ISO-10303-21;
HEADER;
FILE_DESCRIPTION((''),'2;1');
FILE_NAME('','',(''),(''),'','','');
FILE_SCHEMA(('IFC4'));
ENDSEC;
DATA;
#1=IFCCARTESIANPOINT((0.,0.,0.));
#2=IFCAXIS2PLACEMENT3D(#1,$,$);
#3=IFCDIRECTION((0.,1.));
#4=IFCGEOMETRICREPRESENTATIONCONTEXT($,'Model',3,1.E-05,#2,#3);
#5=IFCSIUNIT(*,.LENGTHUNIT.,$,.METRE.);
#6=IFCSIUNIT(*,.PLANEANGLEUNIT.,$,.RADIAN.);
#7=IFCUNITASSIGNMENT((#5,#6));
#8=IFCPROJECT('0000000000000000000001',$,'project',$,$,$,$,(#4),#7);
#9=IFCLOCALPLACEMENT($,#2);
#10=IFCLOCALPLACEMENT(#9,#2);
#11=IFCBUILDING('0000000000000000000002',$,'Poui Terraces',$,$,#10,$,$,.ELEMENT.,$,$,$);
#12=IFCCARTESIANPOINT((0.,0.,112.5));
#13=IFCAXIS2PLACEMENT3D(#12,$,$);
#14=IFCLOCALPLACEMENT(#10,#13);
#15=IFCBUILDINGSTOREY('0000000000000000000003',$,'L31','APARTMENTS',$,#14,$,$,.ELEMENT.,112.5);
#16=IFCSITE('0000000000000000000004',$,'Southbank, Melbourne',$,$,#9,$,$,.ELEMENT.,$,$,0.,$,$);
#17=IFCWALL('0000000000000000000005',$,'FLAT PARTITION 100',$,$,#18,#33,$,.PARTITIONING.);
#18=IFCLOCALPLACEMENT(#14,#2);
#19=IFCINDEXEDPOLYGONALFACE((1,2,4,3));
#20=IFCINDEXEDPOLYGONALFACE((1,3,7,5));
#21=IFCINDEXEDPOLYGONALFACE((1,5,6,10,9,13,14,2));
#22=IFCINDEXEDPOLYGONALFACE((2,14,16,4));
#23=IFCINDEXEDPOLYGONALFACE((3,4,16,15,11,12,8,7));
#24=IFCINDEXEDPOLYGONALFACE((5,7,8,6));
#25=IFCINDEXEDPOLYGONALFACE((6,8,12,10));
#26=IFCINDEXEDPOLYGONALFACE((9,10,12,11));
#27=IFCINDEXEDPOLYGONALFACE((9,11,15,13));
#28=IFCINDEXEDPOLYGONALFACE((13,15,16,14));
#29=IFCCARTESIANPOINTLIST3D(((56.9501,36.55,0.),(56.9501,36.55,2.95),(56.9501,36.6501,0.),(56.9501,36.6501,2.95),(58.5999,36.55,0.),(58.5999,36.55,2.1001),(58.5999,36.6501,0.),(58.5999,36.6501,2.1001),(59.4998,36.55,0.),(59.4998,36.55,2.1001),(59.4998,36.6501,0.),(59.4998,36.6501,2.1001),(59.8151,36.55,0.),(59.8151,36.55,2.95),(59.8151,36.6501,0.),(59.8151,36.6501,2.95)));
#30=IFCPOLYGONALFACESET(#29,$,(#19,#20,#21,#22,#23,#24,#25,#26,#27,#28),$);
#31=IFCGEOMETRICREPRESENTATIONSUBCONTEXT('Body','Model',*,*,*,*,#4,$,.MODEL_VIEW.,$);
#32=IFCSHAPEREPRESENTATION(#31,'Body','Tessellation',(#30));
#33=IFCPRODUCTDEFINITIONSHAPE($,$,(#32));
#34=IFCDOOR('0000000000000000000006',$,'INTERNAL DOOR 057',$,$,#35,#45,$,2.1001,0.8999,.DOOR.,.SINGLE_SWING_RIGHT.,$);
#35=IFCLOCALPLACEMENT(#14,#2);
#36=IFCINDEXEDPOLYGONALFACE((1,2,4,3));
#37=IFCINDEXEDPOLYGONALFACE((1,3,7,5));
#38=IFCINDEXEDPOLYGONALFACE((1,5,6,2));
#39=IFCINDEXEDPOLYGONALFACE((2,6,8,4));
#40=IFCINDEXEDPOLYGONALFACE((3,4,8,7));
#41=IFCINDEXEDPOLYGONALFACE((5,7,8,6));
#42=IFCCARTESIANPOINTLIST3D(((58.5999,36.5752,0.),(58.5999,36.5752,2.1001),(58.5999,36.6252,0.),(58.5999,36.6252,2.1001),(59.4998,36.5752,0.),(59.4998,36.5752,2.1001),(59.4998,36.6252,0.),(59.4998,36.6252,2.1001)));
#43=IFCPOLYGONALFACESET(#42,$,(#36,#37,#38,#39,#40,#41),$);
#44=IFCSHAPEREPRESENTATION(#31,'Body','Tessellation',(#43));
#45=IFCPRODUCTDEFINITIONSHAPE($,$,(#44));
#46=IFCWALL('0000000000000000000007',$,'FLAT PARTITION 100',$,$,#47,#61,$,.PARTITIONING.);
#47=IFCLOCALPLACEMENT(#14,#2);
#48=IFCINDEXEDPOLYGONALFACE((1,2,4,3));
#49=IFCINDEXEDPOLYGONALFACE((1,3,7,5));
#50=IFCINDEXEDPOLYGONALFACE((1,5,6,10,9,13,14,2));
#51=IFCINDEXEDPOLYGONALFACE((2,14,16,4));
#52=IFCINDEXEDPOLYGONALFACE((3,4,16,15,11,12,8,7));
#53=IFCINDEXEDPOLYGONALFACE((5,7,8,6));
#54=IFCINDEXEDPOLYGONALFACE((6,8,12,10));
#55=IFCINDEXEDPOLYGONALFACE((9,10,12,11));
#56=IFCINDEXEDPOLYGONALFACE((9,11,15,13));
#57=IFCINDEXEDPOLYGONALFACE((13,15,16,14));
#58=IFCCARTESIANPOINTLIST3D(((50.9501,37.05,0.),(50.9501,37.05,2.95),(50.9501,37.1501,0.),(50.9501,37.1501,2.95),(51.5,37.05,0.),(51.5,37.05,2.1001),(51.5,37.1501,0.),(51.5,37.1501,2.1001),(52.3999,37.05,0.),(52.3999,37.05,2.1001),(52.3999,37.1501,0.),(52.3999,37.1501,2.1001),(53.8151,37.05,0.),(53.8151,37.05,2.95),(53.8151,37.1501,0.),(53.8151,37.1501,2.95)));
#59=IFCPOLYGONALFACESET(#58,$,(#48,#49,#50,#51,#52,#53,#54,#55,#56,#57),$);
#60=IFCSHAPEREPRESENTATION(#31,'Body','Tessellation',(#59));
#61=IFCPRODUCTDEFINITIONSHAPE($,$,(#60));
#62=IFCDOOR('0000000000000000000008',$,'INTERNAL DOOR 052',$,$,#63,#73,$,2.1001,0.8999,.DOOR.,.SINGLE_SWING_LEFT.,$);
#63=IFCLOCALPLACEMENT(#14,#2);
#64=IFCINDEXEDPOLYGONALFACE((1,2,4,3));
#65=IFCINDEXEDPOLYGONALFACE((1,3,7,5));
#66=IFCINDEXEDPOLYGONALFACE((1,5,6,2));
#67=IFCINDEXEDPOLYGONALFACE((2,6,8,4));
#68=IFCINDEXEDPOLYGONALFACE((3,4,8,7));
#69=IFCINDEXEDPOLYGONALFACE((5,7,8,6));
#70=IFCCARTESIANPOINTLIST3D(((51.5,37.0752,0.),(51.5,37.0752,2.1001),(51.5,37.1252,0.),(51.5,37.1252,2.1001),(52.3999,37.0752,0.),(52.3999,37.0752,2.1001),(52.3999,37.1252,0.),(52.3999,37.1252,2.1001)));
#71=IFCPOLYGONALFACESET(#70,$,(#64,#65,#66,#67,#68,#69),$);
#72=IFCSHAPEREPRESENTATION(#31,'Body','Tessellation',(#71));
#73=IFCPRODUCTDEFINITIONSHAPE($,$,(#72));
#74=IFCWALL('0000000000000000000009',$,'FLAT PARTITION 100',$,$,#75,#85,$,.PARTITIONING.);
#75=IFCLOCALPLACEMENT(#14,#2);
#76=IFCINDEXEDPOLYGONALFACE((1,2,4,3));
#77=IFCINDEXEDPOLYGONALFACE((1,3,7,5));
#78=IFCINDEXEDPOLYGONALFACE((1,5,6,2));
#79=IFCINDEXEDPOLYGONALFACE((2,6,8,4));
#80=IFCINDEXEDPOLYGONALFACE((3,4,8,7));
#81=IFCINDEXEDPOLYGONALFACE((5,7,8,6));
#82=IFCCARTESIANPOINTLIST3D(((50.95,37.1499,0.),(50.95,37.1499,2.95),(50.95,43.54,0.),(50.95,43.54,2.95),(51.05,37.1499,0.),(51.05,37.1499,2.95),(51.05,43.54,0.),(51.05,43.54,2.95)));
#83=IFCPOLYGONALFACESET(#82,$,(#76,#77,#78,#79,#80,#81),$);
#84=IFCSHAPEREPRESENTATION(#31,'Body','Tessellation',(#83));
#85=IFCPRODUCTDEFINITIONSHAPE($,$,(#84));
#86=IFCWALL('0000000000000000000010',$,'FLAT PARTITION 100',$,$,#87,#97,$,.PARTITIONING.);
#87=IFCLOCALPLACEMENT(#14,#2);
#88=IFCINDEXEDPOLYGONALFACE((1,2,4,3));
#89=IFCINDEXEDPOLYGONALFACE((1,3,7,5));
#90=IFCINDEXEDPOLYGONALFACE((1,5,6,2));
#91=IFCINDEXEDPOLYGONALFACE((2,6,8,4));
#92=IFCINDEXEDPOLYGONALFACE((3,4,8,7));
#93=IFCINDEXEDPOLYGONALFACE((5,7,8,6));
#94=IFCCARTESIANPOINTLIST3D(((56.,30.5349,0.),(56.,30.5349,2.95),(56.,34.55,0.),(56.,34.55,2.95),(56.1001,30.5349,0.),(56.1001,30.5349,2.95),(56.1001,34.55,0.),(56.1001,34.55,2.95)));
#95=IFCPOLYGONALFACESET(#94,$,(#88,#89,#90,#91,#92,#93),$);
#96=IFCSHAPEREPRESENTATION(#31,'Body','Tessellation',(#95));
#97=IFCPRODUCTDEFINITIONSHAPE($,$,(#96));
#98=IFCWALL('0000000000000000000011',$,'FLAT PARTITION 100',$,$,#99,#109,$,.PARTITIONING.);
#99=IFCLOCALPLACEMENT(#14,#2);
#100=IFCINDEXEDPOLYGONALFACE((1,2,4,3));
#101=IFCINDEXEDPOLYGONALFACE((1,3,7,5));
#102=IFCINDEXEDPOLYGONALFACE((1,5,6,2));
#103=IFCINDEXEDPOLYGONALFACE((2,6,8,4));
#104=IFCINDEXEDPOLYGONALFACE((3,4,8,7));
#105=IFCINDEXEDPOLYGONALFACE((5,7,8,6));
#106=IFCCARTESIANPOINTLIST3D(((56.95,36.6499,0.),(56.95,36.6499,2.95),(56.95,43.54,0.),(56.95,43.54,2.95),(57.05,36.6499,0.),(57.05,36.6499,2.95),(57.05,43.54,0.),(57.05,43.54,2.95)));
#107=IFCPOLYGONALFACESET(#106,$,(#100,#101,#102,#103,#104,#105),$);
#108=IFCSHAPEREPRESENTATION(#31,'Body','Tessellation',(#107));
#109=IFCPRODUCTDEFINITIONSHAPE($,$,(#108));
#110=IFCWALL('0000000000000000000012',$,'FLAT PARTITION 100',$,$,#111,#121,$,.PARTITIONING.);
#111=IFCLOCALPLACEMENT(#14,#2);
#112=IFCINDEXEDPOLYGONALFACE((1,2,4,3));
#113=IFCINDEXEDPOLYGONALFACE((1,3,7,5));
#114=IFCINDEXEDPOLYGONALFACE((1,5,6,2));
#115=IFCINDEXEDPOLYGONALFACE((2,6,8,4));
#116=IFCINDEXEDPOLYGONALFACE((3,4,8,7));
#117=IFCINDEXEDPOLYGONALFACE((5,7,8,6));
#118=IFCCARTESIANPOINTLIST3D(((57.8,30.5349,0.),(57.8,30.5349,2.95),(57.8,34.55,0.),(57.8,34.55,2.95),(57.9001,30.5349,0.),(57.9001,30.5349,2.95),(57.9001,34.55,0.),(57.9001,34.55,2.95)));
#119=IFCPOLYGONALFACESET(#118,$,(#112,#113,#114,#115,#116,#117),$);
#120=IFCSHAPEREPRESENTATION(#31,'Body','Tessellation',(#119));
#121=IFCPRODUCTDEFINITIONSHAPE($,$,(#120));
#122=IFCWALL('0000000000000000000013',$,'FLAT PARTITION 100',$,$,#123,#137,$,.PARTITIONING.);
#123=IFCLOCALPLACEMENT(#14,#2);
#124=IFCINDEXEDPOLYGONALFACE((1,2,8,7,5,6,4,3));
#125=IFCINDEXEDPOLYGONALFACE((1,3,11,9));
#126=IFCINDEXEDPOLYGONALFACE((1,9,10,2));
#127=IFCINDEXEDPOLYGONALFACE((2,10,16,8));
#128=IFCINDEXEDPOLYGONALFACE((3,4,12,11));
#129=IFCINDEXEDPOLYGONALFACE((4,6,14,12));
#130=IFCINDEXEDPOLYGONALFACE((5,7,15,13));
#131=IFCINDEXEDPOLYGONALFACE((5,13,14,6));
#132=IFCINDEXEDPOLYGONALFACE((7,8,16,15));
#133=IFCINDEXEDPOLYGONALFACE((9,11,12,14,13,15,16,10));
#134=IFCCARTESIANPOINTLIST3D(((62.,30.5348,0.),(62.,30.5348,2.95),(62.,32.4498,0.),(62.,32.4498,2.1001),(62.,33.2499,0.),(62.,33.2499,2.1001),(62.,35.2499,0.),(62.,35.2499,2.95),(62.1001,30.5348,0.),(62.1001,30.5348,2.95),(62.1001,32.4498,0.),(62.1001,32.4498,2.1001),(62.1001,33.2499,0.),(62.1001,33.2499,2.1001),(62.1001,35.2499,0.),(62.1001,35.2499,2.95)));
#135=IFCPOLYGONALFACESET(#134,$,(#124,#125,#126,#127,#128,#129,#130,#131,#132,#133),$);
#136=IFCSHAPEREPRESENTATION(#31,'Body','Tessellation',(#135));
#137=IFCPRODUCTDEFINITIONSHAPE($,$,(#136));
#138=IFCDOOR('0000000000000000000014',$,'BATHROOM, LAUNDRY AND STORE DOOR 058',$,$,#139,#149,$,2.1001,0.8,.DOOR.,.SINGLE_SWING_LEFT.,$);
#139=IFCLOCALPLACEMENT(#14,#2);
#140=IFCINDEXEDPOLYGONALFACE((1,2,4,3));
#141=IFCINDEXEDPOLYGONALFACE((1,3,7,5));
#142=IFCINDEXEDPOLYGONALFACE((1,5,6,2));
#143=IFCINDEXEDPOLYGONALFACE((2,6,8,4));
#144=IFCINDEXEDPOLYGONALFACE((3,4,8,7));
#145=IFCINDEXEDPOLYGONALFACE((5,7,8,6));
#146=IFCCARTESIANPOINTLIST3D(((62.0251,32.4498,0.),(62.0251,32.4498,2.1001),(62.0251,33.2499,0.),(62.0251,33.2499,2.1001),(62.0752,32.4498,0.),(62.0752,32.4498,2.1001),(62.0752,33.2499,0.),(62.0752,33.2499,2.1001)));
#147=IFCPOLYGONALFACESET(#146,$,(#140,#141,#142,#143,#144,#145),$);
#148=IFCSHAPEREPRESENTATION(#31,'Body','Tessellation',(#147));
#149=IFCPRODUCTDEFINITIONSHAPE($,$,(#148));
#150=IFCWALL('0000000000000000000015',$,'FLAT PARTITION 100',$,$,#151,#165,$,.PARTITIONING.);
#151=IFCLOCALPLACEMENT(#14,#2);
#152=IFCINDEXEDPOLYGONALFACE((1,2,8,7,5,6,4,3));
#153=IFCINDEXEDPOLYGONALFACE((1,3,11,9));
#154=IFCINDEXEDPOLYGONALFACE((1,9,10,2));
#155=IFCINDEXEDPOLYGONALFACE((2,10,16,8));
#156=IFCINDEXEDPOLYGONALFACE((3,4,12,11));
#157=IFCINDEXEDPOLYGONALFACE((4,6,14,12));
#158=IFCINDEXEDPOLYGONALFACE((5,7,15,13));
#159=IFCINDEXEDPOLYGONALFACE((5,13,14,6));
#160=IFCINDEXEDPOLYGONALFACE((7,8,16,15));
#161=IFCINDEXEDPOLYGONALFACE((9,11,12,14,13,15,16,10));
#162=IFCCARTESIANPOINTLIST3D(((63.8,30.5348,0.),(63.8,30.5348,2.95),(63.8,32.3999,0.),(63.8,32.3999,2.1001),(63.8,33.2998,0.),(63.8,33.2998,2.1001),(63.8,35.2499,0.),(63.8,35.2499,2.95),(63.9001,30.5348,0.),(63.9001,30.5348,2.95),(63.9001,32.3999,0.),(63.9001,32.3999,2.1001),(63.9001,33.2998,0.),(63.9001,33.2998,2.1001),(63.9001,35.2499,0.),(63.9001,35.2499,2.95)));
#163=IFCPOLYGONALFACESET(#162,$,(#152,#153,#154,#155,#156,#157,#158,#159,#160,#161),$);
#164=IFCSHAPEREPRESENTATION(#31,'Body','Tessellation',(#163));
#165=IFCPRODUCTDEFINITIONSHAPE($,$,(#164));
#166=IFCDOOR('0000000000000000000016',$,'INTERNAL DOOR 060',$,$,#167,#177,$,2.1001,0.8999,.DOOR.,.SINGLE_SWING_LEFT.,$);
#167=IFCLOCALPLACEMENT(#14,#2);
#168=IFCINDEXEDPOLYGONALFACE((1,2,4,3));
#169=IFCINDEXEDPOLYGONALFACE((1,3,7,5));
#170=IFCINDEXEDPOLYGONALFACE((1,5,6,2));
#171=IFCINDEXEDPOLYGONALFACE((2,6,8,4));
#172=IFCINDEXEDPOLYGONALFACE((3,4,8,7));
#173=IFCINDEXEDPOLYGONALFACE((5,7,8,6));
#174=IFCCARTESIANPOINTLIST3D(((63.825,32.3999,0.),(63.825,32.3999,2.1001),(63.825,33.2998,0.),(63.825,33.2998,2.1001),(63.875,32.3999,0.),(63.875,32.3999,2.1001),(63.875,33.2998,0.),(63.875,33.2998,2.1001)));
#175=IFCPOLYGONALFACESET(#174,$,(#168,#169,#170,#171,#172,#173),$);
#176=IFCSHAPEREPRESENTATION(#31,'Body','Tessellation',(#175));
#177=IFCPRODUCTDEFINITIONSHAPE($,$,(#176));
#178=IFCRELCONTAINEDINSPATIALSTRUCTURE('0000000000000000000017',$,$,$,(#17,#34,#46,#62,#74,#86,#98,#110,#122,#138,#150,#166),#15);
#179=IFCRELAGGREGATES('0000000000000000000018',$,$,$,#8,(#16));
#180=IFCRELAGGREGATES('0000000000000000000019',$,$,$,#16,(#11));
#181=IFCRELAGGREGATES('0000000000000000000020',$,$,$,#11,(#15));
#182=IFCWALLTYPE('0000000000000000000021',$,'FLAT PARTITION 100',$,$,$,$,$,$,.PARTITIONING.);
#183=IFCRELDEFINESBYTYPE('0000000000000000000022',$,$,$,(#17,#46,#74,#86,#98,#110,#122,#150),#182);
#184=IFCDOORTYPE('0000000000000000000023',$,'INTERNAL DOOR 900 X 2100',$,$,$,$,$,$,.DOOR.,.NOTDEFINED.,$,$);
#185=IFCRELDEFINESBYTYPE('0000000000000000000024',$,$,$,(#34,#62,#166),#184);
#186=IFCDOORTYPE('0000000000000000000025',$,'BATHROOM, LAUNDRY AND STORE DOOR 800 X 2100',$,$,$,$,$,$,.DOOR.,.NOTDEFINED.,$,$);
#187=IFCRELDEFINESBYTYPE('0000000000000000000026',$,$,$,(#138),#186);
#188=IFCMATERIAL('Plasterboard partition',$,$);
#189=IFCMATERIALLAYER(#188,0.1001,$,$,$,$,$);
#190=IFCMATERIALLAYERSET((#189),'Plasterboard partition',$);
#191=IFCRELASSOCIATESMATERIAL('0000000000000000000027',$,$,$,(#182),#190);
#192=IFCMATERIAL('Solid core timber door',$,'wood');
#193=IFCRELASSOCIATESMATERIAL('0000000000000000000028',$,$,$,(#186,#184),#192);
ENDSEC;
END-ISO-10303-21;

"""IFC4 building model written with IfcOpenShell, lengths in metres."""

from ifc_helpers import new_model, si_unit, direction, frame, frame_2d, origin, place, context, subcontext, project, spatial, rectangle, extrude, material, layer, layer_set, type_object, element, fill, save


model = new_model("IFC4")

# Units and contexts
model_context = context("Model", 3, precision=1e-05, world=origin(), true_north=direction((0.0, 1.0)))
body_context = subcontext(model_context, "Body", "Model", "MODEL_VIEW")
ifc_project = project(units=[si_unit("LENGTHUNIT", "METRE"), si_unit("PLANEANGLEUNIT", "RADIAN")], contexts=[model_context])

# Site, building, storey
site_placement = place(None, origin())
site = spatial("IfcSite", under=ifc_project, at=site_placement, Name="Southbank, Melbourne", CompositionType="ELEMENT", RefElevation=0.0)
building_placement = place(site_placement, origin())
building = spatial("IfcBuilding", under=site, at=building_placement, Name="Poui Terraces", CompositionType="ELEMENT")
storey_placement = place(building_placement, frame((0.0, 0.0, 112.5)))
storey = spatial("IfcBuildingStorey", under=building, at=storey_placement, Name="L31", Description="APARTMENTS", CompositionType="ELEMENT", Elevation=112.5)

# Shared definitions
ifc_material_1 = material(Name="Plasterboard partition")
ifc_layer_1 = layer(ifc_material_1, 0.1001)
ifc_layer_set_1 = layer_set([ifc_layer_1], Name="Plasterboard partition")
wall_type_1 = type_object("IfcWallType", Name="FLAT PARTITION 100", PredefinedType="PARTITIONING", material=ifc_layer_set_1)
ifc_material_2 = material(Name="Solid core timber door", Category="wood")
door_type_1 = type_object("IfcDoorType", Name="BATHROOM, LAUNDRY AND STORE DOOR 800 X 2100", OperationType="NOTDEFINED", PredefinedType="DOOR", material=ifc_material_2)
door_type_2 = type_object("IfcDoorType", Name="INTERNAL DOOR 900 X 2100", OperationType="NOTDEFINED", PredefinedType="DOOR", material=ifc_material_2)

# Walls, openings, doors
wall_1_placement = place(storey_placement, frame((56.95, 36.6001, 0.0), z_axis=(0.0, 0.0, 1.0), x_axis=(1.0, 0.0, 0.0)))
wall_1 = element("IfcWall", 1, at=wall_1_placement, inside=storey, type_object=wall_type_1, Name="FLAT PARTITION 100", PredefinedType="PARTITIONING", context=body_context, shape_type="SweptSolid", body=[
    extrude(rectangle(XDim=2.865, YDim=0.1001, at=frame_2d((1.4326, 0.0))), origin(), (0.0, 0.0, 1.0), 2.95),
])
opening_1_placement = place(wall_1_placement, frame((1.6499, 0.0, 0.0)))
opening_1 = element("IfcOpeningElement", 2, at=opening_1_placement, cuts=wall_1, PredefinedType="OPENING", context=body_context, shape_type="SweptSolid", body=[
    extrude(rectangle(XDim=0.8999, YDim=2.1001, at=frame_2d((0.45, 1.05))), frame((0.0, 0.0601, 0.0), z_axis=(0.0, -1.0, 0.0), x_axis=(1.0, 0.0, 0.0)), (0.0, 0.0, 1.0), 0.1201),
])
door_1_placement = place(opening_1_placement, frame((0.8999, 0.0, 0.0), z_axis=(0.0, 0.0, 1.0), x_axis=(-1.0, 0.0, 0.0)))
door_1 = element("IfcDoor", 3, at=door_1_placement, inside=storey, type_object=door_type_2, Name="INTERNAL DOOR 057", OperationType="SINGLE_SWING_RIGHT", OverallHeight=2.1001, OverallWidth=0.8999, PredefinedType="DOOR", context=body_context, shape_type="SweptSolid", body=[
    extrude(rectangle(XDim=0.8999, YDim=2.1001, at=frame_2d((0.45, 1.05))), frame((0.0, 0.0249, 0.0), z_axis=(0.0, -1.0, 0.0), x_axis=(1.0, 0.0, 0.0)), (0.0, 0.0, 1.0), 0.05),
])
fill(opening_1, door_1)
wall_2_placement = place(storey_placement, frame((50.95, 37.1001, 0.0), z_axis=(0.0, 0.0, 1.0), x_axis=(1.0, 0.0, 0.0)))
wall_2 = element("IfcWall", 4, at=wall_2_placement, inside=storey, type_object=wall_type_1, Name="FLAT PARTITION 100", PredefinedType="PARTITIONING", context=body_context, shape_type="SweptSolid", body=[
    extrude(rectangle(XDim=2.865, YDim=0.1001, at=frame_2d((1.4326, 0.0))), origin(), (0.0, 0.0, 1.0), 2.95),
])
opening_2_placement = place(wall_2_placement, frame((0.55, 0.0, 0.0)))
opening_2 = element("IfcOpeningElement", 5, at=opening_2_placement, cuts=wall_2, PredefinedType="OPENING", context=body_context, shape_type="SweptSolid", body=[
    extrude(rectangle(XDim=0.8999, YDim=2.1001, at=frame_2d((0.45, 1.05))), frame((0.0, 0.0601, 0.0), z_axis=(0.0, -1.0, 0.0), x_axis=(1.0, 0.0, 0.0)), (0.0, 0.0, 1.0), 0.1201),
])
door_2_placement = place(opening_2_placement, frame((0.8999, 0.0, 0.0), z_axis=(0.0, 0.0, 1.0), x_axis=(-1.0, 0.0, 0.0)))
door_2 = element("IfcDoor", 6, at=door_2_placement, inside=storey, type_object=door_type_2, Name="INTERNAL DOOR 052", OperationType="SINGLE_SWING_LEFT", OverallHeight=2.1001, OverallWidth=0.8999, PredefinedType="DOOR", context=body_context, shape_type="SweptSolid", body=[
    extrude(rectangle(XDim=0.8999, YDim=2.1001, at=frame_2d((0.45, 1.05))), frame((0.0, 0.0249, 0.0), z_axis=(0.0, -1.0, 0.0), x_axis=(1.0, 0.0, 0.0)), (0.0, 0.0, 1.0), 0.05),
])
fill(opening_2, door_2)

# Walls
wall_3_placement = place(storey_placement, frame((51.0, 37.1499, 0.0), z_axis=(0.0, 0.0, 1.0), x_axis=(0.0, 1.0, 0.0)))
element("IfcWall", 7, at=wall_3_placement, inside=storey, type_object=wall_type_1, Name="FLAT PARTITION 100", PredefinedType="PARTITIONING", context=body_context, shape_type="SweptSolid", body=[
    extrude(rectangle(XDim=6.3901, YDim=0.1001, at=frame_2d((3.1951, 0.0))), origin(), (0.0, 0.0, 1.0), 2.95),
])
wall_4_placement = place(storey_placement, frame((56.05, 30.5349, 0.0), z_axis=(0.0, 0.0, 1.0), x_axis=(0.0, 1.0, 0.0)))
element("IfcWall", 8, at=wall_4_placement, inside=storey, type_object=wall_type_1, Name="FLAT PARTITION 100", PredefinedType="PARTITIONING", context=body_context, shape_type="SweptSolid", body=[
    extrude(rectangle(XDim=4.0151, YDim=0.1001, at=frame_2d((2.0076, 0.0))), origin(), (0.0, 0.0, 1.0), 2.95),
])
wall_5_placement = place(storey_placement, frame((57.0, 36.6499, 0.0), z_axis=(0.0, 0.0, 1.0), x_axis=(0.0, 1.0, 0.0)))
element("IfcWall", 9, at=wall_5_placement, inside=storey, type_object=wall_type_1, Name="FLAT PARTITION 100", PredefinedType="PARTITIONING", context=body_context, shape_type="SweptSolid", body=[
    extrude(rectangle(XDim=6.8901, YDim=0.1001, at=frame_2d((3.4451, 0.0))), origin(), (0.0, 0.0, 1.0), 2.95),
])
wall_6_placement = place(storey_placement, frame((57.8501, 30.5349, 0.0), z_axis=(0.0, 0.0, 1.0), x_axis=(0.0, 1.0, 0.0)))
element("IfcWall", 10, at=wall_6_placement, inside=storey, type_object=wall_type_1, Name="FLAT PARTITION 100", PredefinedType="PARTITIONING", context=body_context, shape_type="SweptSolid", body=[
    extrude(rectangle(XDim=4.0151, YDim=0.1001, at=frame_2d((2.0076, 0.0))), origin(), (0.0, 0.0, 1.0), 2.95),
])

# Walls, openings, doors
wall_7_placement = place(storey_placement, frame((62.05, 30.5349, 0.0), z_axis=(0.0, 0.0, 1.0), x_axis=(0.0, 1.0, 0.0)))
wall_7 = element("IfcWall", 11, at=wall_7_placement, inside=storey, type_object=wall_type_1, Name="FLAT PARTITION 100", PredefinedType="PARTITIONING", context=body_context, shape_type="SweptSolid", body=[
    extrude(rectangle(XDim=4.7151, YDim=0.1001, at=frame_2d((2.3574, 0.0))), origin(), (0.0, 0.0, 1.0), 2.95),
])
opening_3_placement = place(wall_7_placement, frame((1.915, 0.0, 0.0)))
opening_3 = element("IfcOpeningElement", 12, at=opening_3_placement, cuts=wall_7, PredefinedType="OPENING", context=body_context, shape_type="SweptSolid", body=[
    extrude(rectangle(XDim=0.8, YDim=2.1001, at=frame_2d((0.3999, 1.05))), frame((0.0, 0.0601, 0.0), z_axis=(0.0, -1.0, 0.0), x_axis=(1.0, 0.0, 0.0)), (0.0, 0.0, 1.0), 0.1201),
])
door_3_placement = place(opening_3_placement, origin())
door_3 = element("IfcDoor", 13, at=door_3_placement, inside=storey, type_object=door_type_1, Name="BATHROOM, LAUNDRY AND STORE DOOR 058", OperationType="SINGLE_SWING_LEFT", OverallHeight=2.1001, OverallWidth=0.8, PredefinedType="DOOR", context=body_context, shape_type="SweptSolid", body=[
    extrude(rectangle(XDim=0.8, YDim=2.1001, at=frame_2d((0.3999, 1.05))), frame((0.0, 0.0249, 0.0), z_axis=(0.0, -1.0, 0.0), x_axis=(1.0, 0.0, 0.0)), (0.0, 0.0, 1.0), 0.05),
])
fill(opening_3, door_3)
wall_8_placement = place(storey_placement, frame((63.8501, 30.5349, 0.0), z_axis=(0.0, 0.0, 1.0), x_axis=(0.0, 1.0, 0.0)))
wall_8 = element("IfcWall", 14, at=wall_8_placement, inside=storey, type_object=wall_type_1, Name="FLAT PARTITION 100", PredefinedType="PARTITIONING", context=body_context, shape_type="SweptSolid", body=[
    extrude(rectangle(XDim=4.7151, YDim=0.1001, at=frame_2d((2.3574, 0.0))), origin(), (0.0, 0.0, 1.0), 2.95),
])
opening_4_placement = place(wall_8_placement, frame((1.865, 0.0, 0.0)))
opening_4 = element("IfcOpeningElement", 15, at=opening_4_placement, cuts=wall_8, PredefinedType="OPENING", context=body_context, shape_type="SweptSolid", body=[
    extrude(rectangle(XDim=0.8999, YDim=2.1001, at=frame_2d((0.45, 1.05))), frame((0.0, 0.0601, 0.0), z_axis=(0.0, -1.0, 0.0), x_axis=(1.0, 0.0, 0.0)), (0.0, 0.0, 1.0), 0.1201),
])
door_4_placement = place(opening_4_placement, frame((0.8999, 0.0, 0.0), z_axis=(0.0, 0.0, 1.0), x_axis=(-1.0, 0.0, 0.0)))
door_4 = element("IfcDoor", 16, at=door_4_placement, inside=storey, type_object=door_type_2, Name="INTERNAL DOOR 060", OperationType="SINGLE_SWING_LEFT", OverallHeight=2.1001, OverallWidth=0.8999, PredefinedType="DOOR", context=body_context, shape_type="SweptSolid", body=[
    extrude(rectangle(XDim=0.8999, YDim=2.1001, at=frame_2d((0.45, 1.05))), frame((0.0, 0.0249, 0.0), z_axis=(0.0, -1.0, 0.0), x_axis=(1.0, 0.0, 0.0)), (0.0, 0.0, 1.0), 0.05),
])
fill(opening_4, door_4)

save(model, "model.ifc")
